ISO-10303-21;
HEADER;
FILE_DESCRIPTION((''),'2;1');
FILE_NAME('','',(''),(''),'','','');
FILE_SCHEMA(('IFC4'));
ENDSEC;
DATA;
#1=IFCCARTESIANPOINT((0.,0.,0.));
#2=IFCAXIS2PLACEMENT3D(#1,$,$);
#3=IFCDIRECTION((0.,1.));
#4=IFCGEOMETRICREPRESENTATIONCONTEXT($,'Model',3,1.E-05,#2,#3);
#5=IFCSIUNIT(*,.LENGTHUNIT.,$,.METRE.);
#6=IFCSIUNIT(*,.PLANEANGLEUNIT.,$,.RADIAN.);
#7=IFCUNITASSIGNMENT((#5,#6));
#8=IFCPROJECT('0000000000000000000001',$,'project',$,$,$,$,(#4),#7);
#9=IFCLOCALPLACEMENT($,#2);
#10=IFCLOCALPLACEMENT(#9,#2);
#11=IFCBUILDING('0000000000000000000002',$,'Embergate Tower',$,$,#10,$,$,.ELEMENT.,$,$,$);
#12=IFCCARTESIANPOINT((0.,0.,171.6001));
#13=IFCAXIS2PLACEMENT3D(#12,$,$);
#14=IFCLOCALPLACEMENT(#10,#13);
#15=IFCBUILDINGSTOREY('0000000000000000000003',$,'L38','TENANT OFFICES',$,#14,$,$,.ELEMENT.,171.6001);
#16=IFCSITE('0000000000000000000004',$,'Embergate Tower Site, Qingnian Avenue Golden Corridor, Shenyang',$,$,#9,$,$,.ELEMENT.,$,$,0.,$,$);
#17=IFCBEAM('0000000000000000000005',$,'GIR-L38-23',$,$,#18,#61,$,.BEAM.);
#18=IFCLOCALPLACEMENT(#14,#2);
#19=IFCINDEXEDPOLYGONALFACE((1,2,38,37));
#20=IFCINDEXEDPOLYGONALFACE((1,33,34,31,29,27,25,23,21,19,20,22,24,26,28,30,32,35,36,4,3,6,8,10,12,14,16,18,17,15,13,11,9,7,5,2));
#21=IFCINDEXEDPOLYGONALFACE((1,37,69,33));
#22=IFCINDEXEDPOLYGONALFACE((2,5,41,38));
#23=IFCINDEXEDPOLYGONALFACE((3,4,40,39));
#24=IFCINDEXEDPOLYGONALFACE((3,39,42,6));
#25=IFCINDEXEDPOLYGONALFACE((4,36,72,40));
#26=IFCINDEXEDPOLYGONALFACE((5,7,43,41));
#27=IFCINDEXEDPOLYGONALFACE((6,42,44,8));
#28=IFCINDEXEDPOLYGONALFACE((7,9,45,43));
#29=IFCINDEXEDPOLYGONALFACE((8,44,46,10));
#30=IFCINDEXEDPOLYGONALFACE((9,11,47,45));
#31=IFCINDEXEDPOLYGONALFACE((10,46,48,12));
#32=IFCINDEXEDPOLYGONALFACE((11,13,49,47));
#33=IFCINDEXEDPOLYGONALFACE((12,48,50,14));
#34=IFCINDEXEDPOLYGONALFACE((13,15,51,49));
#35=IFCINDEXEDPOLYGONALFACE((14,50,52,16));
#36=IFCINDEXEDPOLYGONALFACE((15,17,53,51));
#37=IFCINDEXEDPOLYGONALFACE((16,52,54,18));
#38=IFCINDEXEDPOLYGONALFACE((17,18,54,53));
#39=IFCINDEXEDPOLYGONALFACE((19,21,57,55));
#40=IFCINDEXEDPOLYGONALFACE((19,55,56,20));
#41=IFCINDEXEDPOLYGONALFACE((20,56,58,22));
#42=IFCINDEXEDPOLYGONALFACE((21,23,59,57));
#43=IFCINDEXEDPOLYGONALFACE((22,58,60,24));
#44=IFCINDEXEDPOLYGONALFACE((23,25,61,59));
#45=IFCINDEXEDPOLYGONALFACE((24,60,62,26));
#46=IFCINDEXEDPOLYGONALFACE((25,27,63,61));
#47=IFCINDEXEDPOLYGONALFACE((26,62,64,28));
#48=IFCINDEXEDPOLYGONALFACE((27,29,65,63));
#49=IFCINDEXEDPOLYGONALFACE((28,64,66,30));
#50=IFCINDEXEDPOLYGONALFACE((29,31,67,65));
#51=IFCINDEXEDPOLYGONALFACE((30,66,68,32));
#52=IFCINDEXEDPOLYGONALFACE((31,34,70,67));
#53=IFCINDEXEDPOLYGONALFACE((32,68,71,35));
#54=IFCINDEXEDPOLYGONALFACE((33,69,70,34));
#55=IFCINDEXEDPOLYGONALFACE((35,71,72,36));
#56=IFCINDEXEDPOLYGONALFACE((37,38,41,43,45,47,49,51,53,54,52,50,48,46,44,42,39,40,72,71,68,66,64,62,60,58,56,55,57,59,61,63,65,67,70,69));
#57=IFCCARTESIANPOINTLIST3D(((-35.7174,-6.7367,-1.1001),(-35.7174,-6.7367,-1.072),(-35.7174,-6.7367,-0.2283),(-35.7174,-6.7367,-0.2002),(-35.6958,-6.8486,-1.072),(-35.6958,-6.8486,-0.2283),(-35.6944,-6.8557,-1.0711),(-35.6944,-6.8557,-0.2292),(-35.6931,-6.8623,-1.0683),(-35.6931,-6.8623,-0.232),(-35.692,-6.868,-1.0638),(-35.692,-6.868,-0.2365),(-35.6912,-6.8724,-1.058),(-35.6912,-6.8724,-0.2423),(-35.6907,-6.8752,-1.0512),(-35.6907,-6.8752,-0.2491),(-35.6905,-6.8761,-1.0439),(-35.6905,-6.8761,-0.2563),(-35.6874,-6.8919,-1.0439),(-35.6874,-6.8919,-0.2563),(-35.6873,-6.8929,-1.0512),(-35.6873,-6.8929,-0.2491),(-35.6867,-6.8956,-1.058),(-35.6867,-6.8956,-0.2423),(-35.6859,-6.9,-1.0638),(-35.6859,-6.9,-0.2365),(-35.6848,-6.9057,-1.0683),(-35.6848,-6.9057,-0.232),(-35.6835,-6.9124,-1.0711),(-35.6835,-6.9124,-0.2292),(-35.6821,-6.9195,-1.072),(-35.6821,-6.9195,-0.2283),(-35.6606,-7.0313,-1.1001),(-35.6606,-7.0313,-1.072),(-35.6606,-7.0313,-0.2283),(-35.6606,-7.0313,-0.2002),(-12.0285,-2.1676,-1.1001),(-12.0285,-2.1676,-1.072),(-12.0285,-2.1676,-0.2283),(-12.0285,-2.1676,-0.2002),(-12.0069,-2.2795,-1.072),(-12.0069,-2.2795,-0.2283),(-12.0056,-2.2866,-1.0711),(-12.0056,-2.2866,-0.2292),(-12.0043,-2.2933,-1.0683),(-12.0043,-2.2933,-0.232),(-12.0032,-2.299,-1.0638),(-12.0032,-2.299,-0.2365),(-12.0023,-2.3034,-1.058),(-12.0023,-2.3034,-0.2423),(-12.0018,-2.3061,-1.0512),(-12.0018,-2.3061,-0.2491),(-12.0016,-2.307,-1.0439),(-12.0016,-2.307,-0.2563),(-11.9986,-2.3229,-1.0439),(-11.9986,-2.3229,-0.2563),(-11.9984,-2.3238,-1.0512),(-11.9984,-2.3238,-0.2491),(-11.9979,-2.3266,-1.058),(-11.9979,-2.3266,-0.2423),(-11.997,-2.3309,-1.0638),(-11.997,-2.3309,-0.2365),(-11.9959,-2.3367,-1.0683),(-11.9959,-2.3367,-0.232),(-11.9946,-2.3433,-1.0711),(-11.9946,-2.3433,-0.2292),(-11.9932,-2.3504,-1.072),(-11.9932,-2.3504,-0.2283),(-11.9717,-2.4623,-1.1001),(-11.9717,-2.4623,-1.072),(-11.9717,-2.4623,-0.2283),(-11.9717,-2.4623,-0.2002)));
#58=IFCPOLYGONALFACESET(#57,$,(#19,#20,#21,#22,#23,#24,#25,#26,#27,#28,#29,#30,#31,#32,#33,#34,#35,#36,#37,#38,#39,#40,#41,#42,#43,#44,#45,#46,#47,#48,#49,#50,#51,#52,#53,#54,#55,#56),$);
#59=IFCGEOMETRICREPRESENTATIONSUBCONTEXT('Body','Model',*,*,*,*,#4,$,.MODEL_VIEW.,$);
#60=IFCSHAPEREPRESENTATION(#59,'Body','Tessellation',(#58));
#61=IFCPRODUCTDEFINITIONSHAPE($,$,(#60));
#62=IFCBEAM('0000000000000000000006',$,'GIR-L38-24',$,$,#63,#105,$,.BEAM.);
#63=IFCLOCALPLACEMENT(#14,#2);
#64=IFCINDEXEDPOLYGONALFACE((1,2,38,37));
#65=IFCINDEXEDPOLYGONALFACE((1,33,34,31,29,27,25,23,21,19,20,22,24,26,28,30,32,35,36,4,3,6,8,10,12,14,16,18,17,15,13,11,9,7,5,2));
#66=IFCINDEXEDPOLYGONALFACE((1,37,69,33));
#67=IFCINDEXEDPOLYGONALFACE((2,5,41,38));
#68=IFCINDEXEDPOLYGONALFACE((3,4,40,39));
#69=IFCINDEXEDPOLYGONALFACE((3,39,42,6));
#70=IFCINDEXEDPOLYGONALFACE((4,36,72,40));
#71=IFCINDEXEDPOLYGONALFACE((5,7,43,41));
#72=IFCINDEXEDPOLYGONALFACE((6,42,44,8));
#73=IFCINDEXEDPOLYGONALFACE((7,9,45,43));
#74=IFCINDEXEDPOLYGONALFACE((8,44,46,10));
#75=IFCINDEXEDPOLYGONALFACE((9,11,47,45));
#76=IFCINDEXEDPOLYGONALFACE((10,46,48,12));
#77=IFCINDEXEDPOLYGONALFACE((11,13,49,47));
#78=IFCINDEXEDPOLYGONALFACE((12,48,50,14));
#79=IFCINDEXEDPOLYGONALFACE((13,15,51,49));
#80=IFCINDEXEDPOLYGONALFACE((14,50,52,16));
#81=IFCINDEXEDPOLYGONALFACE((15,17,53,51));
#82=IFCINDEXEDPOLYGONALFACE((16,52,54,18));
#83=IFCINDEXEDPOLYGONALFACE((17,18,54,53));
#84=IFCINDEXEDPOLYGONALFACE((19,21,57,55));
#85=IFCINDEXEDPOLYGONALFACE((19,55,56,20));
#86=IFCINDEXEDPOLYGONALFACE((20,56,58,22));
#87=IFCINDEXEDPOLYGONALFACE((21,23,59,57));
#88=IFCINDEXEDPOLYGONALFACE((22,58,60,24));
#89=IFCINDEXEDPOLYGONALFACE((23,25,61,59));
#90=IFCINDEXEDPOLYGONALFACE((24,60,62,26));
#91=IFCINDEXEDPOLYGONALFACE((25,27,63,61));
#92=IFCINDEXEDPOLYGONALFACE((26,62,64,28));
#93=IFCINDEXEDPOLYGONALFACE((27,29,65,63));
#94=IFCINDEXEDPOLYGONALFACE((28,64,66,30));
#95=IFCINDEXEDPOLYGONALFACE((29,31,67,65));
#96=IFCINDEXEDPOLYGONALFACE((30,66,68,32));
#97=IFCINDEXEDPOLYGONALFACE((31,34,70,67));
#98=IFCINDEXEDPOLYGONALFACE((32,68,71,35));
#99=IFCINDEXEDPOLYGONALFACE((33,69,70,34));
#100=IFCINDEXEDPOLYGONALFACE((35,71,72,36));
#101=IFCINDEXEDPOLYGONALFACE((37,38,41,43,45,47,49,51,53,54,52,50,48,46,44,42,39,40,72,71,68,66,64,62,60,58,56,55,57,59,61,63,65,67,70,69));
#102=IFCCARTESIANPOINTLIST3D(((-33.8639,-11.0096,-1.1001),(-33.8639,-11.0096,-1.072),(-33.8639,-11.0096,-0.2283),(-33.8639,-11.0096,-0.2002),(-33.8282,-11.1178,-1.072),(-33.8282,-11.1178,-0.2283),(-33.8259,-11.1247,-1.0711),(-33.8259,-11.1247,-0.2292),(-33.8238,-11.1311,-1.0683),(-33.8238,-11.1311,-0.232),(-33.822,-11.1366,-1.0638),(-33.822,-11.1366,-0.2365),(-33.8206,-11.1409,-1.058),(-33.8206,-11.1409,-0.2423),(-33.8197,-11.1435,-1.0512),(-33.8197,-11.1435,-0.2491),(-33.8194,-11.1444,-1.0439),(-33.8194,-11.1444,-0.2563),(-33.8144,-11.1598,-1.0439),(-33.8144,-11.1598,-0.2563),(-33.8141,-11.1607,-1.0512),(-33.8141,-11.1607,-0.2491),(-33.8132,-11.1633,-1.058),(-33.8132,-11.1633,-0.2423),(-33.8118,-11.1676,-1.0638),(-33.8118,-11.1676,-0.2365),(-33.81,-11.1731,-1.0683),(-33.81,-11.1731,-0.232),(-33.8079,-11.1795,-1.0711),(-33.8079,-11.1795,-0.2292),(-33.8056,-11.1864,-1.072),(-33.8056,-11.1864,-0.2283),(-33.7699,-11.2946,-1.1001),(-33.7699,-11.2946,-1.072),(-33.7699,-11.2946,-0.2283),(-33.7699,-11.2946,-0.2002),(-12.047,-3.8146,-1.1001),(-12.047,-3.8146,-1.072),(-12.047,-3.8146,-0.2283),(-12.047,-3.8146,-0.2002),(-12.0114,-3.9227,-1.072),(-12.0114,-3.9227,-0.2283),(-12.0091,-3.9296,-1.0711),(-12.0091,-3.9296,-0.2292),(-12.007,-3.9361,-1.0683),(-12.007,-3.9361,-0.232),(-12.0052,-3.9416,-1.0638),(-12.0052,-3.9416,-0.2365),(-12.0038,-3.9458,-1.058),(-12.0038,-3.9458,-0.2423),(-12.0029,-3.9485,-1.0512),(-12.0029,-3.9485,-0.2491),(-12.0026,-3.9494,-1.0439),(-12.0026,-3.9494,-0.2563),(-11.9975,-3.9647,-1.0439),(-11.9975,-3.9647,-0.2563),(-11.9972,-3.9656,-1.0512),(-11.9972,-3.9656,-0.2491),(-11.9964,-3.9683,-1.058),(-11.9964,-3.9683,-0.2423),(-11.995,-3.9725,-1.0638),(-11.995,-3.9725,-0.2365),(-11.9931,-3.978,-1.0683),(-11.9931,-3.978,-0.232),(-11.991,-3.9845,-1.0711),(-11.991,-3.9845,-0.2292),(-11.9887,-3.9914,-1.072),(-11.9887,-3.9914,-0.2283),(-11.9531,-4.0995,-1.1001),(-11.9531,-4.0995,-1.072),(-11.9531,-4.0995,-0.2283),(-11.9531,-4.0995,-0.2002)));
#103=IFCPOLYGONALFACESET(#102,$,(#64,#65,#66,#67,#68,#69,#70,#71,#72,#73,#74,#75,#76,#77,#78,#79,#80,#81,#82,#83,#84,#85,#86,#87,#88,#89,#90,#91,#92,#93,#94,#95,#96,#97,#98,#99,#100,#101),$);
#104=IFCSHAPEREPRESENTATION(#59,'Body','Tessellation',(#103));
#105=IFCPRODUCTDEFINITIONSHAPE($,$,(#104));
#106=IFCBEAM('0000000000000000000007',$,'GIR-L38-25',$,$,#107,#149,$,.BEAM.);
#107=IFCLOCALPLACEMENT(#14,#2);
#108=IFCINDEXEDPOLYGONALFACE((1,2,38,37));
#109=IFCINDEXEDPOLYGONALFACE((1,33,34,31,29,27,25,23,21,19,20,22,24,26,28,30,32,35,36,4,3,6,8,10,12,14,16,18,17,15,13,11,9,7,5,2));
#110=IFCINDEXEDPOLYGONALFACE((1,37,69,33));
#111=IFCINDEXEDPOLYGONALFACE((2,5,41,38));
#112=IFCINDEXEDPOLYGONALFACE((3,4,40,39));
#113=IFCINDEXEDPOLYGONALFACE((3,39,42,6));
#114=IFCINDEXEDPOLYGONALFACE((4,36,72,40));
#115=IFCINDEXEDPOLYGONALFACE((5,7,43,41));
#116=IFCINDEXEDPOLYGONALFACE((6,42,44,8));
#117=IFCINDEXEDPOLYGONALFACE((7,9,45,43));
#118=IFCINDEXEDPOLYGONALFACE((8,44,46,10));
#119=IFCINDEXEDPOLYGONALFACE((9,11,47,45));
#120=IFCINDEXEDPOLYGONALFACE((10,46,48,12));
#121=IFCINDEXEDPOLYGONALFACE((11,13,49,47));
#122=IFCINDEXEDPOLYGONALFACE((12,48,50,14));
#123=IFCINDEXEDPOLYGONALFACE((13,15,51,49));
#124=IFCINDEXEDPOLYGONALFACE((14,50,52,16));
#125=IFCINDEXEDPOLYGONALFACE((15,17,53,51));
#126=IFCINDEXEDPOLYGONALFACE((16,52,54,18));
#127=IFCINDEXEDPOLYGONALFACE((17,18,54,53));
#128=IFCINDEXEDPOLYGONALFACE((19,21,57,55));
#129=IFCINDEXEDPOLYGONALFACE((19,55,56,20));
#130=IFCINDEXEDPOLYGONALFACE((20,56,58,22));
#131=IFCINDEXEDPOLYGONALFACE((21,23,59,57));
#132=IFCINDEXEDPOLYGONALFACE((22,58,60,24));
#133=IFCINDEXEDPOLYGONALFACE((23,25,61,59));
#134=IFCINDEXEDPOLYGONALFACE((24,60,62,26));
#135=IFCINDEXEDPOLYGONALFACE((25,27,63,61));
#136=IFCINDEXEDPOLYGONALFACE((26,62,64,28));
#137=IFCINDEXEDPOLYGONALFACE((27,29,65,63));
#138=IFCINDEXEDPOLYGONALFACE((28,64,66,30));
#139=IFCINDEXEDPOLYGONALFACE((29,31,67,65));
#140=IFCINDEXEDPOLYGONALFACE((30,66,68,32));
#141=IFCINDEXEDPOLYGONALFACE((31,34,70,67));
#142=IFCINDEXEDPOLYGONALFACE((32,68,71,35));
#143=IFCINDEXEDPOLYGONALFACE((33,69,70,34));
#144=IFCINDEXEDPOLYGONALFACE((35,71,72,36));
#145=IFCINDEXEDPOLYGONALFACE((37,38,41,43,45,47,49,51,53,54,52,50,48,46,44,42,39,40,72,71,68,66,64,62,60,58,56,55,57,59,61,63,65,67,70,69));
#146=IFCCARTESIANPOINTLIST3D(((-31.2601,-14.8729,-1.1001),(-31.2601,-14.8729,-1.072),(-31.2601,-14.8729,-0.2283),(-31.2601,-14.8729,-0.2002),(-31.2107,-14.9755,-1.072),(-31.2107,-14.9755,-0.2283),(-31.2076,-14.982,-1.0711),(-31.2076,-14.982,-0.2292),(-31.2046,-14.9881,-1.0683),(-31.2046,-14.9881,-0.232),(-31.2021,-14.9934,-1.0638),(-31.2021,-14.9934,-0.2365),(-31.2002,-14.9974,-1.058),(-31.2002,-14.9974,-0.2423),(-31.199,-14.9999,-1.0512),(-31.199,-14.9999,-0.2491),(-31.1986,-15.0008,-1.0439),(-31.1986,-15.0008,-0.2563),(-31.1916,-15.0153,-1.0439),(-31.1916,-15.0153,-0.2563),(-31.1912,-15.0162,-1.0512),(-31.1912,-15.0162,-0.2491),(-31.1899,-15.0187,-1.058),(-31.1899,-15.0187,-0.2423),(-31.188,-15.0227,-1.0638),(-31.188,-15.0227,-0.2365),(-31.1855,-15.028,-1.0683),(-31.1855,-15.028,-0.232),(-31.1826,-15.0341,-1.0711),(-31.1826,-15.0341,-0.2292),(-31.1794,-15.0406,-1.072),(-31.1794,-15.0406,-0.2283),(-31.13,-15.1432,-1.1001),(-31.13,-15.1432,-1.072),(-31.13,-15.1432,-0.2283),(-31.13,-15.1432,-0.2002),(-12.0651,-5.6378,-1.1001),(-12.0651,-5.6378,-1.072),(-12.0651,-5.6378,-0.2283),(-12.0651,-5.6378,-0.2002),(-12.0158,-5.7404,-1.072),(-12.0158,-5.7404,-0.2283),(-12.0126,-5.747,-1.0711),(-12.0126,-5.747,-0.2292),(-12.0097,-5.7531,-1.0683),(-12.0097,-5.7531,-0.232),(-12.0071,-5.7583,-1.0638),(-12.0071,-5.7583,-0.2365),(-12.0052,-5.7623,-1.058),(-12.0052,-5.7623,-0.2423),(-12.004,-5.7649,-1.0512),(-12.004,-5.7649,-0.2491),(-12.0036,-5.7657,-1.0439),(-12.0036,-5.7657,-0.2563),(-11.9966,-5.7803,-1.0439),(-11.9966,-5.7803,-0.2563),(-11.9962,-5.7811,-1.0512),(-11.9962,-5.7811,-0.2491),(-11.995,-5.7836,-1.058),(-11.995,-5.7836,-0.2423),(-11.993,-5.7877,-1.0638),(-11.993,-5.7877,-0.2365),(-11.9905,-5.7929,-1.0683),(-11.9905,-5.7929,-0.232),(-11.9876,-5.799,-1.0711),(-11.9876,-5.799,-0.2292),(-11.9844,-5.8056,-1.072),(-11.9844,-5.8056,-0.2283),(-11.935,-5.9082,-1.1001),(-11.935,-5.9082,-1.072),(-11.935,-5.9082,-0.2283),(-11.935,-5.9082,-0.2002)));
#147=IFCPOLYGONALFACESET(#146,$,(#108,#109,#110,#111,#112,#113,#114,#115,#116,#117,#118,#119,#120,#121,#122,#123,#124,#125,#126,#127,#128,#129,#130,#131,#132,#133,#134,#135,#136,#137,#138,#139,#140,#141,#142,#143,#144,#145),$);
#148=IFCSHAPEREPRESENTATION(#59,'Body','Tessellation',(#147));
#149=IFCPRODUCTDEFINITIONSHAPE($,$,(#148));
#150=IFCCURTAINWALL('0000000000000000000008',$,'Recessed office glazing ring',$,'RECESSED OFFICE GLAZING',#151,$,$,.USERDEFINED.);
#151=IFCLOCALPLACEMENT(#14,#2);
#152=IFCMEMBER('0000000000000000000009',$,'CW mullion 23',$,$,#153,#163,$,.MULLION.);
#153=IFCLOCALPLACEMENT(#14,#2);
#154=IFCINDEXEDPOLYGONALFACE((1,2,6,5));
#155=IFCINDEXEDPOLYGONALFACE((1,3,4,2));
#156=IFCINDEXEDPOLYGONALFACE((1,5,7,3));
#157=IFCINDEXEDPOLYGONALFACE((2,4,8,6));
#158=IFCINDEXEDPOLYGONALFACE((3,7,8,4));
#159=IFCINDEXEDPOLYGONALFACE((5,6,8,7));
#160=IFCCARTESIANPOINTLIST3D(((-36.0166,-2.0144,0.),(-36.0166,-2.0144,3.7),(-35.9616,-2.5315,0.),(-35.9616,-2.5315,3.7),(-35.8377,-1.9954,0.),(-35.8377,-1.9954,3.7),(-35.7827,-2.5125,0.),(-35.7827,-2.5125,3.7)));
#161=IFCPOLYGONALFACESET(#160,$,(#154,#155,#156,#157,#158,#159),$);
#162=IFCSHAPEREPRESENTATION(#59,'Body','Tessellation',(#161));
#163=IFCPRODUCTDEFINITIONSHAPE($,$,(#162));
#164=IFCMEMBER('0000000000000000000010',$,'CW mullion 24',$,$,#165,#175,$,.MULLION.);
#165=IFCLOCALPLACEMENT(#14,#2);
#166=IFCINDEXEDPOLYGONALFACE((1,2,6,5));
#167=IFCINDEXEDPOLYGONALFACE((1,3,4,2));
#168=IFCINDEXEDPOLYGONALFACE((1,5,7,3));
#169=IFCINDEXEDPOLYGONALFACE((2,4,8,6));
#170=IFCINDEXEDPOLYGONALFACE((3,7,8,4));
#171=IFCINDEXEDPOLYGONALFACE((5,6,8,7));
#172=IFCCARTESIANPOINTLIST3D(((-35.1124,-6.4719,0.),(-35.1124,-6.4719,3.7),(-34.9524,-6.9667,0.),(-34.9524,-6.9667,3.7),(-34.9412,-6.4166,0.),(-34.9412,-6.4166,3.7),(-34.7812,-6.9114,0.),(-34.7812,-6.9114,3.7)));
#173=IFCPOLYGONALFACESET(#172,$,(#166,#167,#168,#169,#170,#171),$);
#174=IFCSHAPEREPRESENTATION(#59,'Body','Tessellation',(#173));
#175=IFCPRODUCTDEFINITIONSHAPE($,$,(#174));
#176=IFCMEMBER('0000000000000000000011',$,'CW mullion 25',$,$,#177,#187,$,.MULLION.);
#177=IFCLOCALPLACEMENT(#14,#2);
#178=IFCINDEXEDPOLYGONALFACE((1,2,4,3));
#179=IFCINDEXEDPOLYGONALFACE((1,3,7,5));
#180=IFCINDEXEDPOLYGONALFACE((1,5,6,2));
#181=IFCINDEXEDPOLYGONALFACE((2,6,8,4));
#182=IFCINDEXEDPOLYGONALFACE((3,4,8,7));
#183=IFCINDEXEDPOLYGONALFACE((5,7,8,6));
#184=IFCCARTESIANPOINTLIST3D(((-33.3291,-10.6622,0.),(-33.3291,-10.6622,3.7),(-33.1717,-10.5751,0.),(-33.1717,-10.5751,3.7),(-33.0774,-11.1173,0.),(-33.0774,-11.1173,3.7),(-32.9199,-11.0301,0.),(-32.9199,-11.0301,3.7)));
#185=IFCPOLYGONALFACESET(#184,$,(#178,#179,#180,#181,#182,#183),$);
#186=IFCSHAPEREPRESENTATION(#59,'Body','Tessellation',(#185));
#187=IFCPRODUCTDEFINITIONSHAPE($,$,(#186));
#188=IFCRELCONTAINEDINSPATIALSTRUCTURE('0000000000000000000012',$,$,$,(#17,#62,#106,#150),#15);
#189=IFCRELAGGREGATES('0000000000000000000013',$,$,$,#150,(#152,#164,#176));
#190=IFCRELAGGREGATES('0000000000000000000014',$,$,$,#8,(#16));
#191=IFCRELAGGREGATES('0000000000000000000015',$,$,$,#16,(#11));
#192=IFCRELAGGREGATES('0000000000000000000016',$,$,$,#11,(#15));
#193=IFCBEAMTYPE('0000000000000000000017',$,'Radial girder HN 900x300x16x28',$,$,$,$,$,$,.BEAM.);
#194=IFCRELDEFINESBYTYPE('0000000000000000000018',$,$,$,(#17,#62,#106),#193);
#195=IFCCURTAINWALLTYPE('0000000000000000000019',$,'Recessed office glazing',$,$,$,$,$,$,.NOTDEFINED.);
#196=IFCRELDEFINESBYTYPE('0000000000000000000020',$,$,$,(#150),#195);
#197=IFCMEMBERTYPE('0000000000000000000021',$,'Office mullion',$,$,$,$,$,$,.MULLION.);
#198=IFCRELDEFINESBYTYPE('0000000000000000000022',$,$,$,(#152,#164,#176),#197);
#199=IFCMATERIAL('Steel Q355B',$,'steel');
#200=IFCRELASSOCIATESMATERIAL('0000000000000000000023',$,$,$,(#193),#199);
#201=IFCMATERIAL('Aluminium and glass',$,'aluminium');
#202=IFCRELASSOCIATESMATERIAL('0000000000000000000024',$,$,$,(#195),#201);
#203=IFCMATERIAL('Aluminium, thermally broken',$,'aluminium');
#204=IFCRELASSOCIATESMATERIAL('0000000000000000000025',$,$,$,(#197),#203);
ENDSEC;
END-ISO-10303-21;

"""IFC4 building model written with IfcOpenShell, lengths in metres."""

from ifc_helpers import new_model, si_unit, direction, frame, origin, origin_2d, place, context, subcontext, project, spatial, rectangle, i_section, extrude, source, transform, mapped, material, material_profile, profile_set, type_object, element, aggregate, save


model = new_model("IFC4")

# Units and contexts
model_context = context("Model", 3, precision=1e-05, world=origin(), true_north=direction((0.0, 1.0)))
body_context = subcontext(model_context, "Body", "Model", "MODEL_VIEW")
ifc_project = project(units=[si_unit("LENGTHUNIT", "METRE"), si_unit("PLANEANGLEUNIT", "RADIAN")], contexts=[model_context])

# Site, building, storey
site_placement = place(None, origin())
site = spatial("IfcSite", under=ifc_project, at=site_placement, Name="Embergate Tower Site, Qingnian Avenue Golden Corridor, Shenyang", CompositionType="ELEMENT", RefElevation=0.0)
building_placement = place(site_placement, origin())
building = spatial("IfcBuilding", under=site, at=building_placement, Name="Embergate Tower", CompositionType="ELEMENT")
storey_placement = place(building_placement, frame((0.0, 0.0, 171.6001)))
storey = spatial("IfcBuildingStorey", under=building, at=storey_placement, Name="L38", Description="TENANT OFFICES", CompositionType="ELEMENT", Elevation=171.6001)

# Beams
ifc_material_1 = material(Name="Steel Q355B", Category="steel")
ifc_material_profile_1 = material_profile(ifc_material_1, i_section(OverallWidth=0.3, OverallDepth=0.8999, WebThickness=0.0161, FlangeThickness=0.0281, FilletRadius=0.0281, at=origin_2d()), Name="HN 900x300x16x28")
ifc_profile_set_1 = profile_set([ifc_material_profile_1], Name="Steel Q355 grade B")
beam_type_1 = type_object("IfcBeamType", Name="Radial girder HN 900x300x16x28", PredefinedType="BEAM", material=ifc_profile_set_1)
shared_shape_1 = source(origin(), body_context, "Body", "SweptSolid", [
    extrude(i_section(OverallWidth=0.3, OverallDepth=0.8999, WebThickness=0.0161, FlangeThickness=0.0281, FilletRadius=0.0281, at=origin_2d()), origin(), (0.0, 0.0, 1.0), 24.1255),
])
beam_1_placement = place(storey_placement, frame((-35.689, -6.884, -0.6501), z_axis=(0.981902, 0.189388, 0.0), x_axis=(-0.189388, 0.981902, 0.0)))
element("IfcBeam", 1, at=beam_1_placement, inside=storey, type_object=beam_type_1, Name="GIR-L38-23", PredefinedType="BEAM", context=body_context, shape_type="MappedRepresentation", body=[
    mapped(shared_shape_1, transform((0.0, 0.0, 0.0))),
])
shared_shape_2 = source(origin(), body_context, "Body", "SweptSolid", [
    extrude(i_section(OverallWidth=0.3, OverallDepth=0.8999, WebThickness=0.0161, FlangeThickness=0.0281, FilletRadius=0.0281, at=origin_2d()), origin(), (0.0, 0.0, 1.0), 22.9727),
])
beam_2_placement = place(storey_placement, frame((-33.8169, -11.1521, -0.6501), z_axis=(0.949687, 0.313201, 0.0), x_axis=(-0.313201, 0.949687, 0.0)))
element("IfcBeam", 2, at=beam_2_placement, inside=storey, type_object=beam_type_1, Name="GIR-L38-24", PredefinedType="BEAM", context=body_context, shape_type="MappedRepresentation", body=[
    mapped(shared_shape_2, transform((0.0, 0.0, 0.0))),
])
shared_shape_3 = source(origin(), body_context, "Body", "SweptSolid", [
    extrude(i_section(OverallWidth=0.3, OverallDepth=0.8999, WebThickness=0.0161, FlangeThickness=0.0281, FilletRadius=0.0281, at=origin_2d()), origin(), (0.0, 0.0, 1.0), 21.301),
])
beam_3_placement = place(storey_placement, frame((-31.1951, -15.0081, -0.6501), z_axis=(0.901129, 0.43355, 0.0), x_axis=(-0.43355, 0.901129, 0.0)))
element("IfcBeam", 3, at=beam_3_placement, inside=storey, type_object=beam_type_1, Name="GIR-L38-25", PredefinedType="BEAM", context=body_context, shape_type="MappedRepresentation", body=[
    mapped(shared_shape_3, transform((0.0, 0.0, 0.0))),
])

# Curtain wall, members
ifc_material_2 = material(Name="Aluminium and glass", Category="aluminium")
curtain_wall_type = type_object("IfcCurtainWallType", Name="Recessed office glazing", PredefinedType="NOTDEFINED", material=ifc_material_2)
curtain_wall_placement = place(storey_placement, origin())
curtain_wall = element("IfcCurtainWall", 4, at=curtain_wall_placement, inside=storey, type_object=curtain_wall_type, Name="Recessed office glazing ring", ObjectType="RECESSED OFFICE GLAZING", PredefinedType="USERDEFINED")
ifc_material_3 = material(Name="Aluminium, thermally broken", Category="aluminium")
ifc_material_profile_2 = material_profile(ifc_material_3, rectangle(XDim=0.1799, YDim=0.52, at=origin_2d()), Name="AL 520x180")
ifc_profile_set_2 = profile_set([ifc_material_profile_2], Name="Aluminium, thermally broken")
member_type_1 = type_object("IfcMemberType", Name="Office mullion", PredefinedType="MULLION", material=ifc_profile_set_2)
shared_shape_4 = source(origin(), body_context, "Body", "SweptSolid", [
    extrude(rectangle(XDim=0.1799, YDim=0.52, at=origin_2d()), origin(), (0.0, 0.0, 1.0), 3.7),
])
member_1_placement = place(storey_placement, frame((-35.8997, -2.2634, 0.0), z_axis=(0.0, 0.0, 1.0), x_axis=(0.994385, 0.105825, 0.0)))
member_1 = element("IfcMember", 5, at=member_1_placement, type_object=member_type_1, Name="CW mullion 23", PredefinedType="MULLION", context=body_context, shape_type="MappedRepresentation", body=[
    mapped(shared_shape_4, transform((0.0, 0.0, 0.0))),
])
member_2_placement = place(storey_placement, frame((-34.9468, -6.6917, 0.0), z_axis=(0.0, 0.0, 1.0), x_axis=(0.951496, 0.307661, 0.0)))
member_2 = element("IfcMember", 6, at=member_2_placement, type_object=member_type_1, Name="CW mullion 24", PredefinedType="MULLION", context=body_context, shape_type="MappedRepresentation", body=[
    mapped(shared_shape_4, transform((0.0, 0.0, 0.0))),
])
member_3_placement = place(storey_placement, frame((-33.1245, -10.8462, 0.0), z_axis=(0.0, 0.0, 1.0), x_axis=(0.874999, 0.484126, 0.0)))
member_3 = element("IfcMember", 7, at=member_3_placement, type_object=member_type_1, Name="CW mullion 25", PredefinedType="MULLION", context=body_context, shape_type="MappedRepresentation", body=[
    mapped(shared_shape_4, transform((0.0, 0.0, 0.0))),
])
aggregate(curtain_wall, [member_1, member_2, member_3])

save(model, "model.ifc")
